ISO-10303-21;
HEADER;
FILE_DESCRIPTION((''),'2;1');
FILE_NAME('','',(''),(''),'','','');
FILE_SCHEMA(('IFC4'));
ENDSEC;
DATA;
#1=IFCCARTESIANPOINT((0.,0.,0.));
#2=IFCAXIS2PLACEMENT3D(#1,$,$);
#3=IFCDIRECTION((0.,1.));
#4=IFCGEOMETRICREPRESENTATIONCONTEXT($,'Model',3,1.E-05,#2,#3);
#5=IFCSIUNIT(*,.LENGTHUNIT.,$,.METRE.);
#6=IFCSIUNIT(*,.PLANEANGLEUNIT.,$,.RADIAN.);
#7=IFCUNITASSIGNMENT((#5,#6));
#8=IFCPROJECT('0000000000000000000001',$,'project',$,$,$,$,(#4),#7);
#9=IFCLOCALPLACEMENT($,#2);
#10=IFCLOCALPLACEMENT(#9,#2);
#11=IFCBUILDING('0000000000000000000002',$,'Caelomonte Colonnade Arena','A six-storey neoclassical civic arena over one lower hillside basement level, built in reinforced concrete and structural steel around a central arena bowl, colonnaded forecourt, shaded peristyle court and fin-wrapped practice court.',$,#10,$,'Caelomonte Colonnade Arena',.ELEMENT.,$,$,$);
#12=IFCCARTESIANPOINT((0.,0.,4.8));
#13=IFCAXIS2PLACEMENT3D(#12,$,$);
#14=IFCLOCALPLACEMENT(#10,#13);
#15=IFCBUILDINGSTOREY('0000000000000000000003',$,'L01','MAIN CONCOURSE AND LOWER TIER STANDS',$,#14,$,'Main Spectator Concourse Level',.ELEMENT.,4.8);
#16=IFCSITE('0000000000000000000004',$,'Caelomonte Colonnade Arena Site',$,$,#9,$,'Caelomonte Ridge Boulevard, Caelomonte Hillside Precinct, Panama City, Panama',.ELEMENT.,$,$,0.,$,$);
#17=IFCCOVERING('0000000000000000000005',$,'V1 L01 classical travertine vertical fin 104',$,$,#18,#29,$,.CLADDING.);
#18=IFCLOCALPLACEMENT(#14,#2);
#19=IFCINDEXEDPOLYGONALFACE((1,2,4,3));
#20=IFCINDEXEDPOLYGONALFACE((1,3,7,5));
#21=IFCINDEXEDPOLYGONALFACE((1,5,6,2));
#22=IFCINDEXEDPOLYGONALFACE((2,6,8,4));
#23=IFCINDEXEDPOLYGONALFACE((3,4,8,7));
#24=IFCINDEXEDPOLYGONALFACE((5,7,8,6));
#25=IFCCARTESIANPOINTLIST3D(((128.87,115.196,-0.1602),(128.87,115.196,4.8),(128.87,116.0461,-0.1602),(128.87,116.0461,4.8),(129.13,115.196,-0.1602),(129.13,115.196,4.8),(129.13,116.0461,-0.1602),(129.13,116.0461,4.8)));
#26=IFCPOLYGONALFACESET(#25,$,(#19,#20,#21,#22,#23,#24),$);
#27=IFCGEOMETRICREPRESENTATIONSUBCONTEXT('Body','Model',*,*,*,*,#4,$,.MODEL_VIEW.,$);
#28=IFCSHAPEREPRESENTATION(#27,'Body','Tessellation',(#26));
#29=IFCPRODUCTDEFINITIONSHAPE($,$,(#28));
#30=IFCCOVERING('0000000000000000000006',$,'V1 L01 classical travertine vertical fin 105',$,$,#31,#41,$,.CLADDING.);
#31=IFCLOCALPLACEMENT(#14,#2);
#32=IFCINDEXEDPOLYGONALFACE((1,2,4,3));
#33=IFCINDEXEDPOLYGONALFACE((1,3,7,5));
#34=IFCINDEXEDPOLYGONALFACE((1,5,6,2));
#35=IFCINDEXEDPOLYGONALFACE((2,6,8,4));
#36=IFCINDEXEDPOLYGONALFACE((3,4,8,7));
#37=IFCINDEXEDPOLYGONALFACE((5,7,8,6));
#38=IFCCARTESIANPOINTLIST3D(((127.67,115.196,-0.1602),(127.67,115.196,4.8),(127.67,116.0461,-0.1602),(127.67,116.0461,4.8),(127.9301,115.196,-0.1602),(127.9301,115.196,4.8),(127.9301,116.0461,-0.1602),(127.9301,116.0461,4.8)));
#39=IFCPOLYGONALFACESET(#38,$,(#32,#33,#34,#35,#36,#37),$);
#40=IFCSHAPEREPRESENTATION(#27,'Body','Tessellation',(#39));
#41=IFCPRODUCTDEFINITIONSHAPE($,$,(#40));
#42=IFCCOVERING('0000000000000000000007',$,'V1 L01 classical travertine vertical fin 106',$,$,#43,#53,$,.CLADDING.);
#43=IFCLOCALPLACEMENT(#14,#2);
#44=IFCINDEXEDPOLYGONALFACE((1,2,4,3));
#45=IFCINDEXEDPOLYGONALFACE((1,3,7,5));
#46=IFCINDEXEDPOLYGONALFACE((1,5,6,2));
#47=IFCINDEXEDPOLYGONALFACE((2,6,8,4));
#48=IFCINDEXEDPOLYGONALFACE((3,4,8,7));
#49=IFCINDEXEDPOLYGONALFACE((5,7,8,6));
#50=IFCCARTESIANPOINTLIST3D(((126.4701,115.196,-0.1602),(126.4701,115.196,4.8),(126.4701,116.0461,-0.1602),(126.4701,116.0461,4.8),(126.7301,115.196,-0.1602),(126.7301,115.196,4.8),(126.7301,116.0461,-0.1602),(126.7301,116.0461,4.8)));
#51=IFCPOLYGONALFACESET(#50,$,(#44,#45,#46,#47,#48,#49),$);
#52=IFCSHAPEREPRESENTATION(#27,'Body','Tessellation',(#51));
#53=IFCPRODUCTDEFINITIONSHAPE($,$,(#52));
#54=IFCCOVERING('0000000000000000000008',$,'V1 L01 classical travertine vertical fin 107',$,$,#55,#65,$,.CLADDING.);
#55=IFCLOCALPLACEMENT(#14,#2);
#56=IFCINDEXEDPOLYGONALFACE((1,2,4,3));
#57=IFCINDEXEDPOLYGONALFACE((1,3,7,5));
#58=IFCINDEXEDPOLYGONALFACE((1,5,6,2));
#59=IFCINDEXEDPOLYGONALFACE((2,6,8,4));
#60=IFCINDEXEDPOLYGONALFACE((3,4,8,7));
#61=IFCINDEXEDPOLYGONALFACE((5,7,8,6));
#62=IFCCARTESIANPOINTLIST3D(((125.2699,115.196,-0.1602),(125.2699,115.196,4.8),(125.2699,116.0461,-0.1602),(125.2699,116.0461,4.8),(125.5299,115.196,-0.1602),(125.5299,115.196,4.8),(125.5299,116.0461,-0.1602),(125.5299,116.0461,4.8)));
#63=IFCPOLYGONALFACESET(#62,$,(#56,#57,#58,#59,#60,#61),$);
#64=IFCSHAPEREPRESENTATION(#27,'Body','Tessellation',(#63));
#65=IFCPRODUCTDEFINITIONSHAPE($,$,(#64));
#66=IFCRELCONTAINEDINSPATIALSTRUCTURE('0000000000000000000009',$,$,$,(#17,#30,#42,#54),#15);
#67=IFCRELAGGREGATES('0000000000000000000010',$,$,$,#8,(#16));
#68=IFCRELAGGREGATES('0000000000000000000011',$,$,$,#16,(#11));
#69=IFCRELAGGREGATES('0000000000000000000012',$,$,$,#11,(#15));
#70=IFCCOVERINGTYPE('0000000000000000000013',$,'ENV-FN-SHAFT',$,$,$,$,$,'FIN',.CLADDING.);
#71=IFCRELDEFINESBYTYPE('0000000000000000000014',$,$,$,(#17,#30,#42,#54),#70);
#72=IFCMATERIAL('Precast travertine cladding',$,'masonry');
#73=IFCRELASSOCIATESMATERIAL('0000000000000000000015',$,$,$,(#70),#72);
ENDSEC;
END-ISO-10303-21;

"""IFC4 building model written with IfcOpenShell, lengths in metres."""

from ifc_helpers import new_model, si_unit, direction, frame, origin, origin_2d, place, context, subcontext, project, spatial, rectangle, extrude, material, material_profile, profile_set, type_object, element, save


model = new_model("IFC4")

# Units and contexts
model_context = context("Model", 3, precision=1e-05, world=origin(), true_north=direction((0.0, 1.0)))
body_context = subcontext(model_context, "Body", "Model", "MODEL_VIEW")
ifc_project = project(units=[si_unit("LENGTHUNIT", "METRE"), si_unit("PLANEANGLEUNIT", "RADIAN")], contexts=[model_context])

# Site, building, storey
site_placement = place(None, origin())
site = spatial("IfcSite", under=ifc_project, at=site_placement, Name="Caelomonte Colonnade Arena Site", LongName="Caelomonte Ridge Boulevard, Caelomonte Hillside Precinct, Panama City, Panama", CompositionType="ELEMENT", RefElevation=0.0)
building_placement = place(site_placement, origin())
building = spatial("IfcBuilding", under=site, at=building_placement, Name="Caelomonte Colonnade Arena", Description="A six-storey neoclassical civic arena over one lower hillside basement level, built in reinforced concrete and structural steel around a central arena bowl, colonnaded forecourt, shaded peristyle court and fin-wrapped practice court.", LongName="Caelomonte Colonnade Arena", CompositionType="ELEMENT")
storey_placement = place(building_placement, frame((0.0, 0.0, 4.8)))
storey = spatial("IfcBuildingStorey", under=building, at=storey_placement, Name="L01", Description="MAIN CONCOURSE AND LOWER TIER STANDS", LongName="Main Spectator Concourse Level", CompositionType="ELEMENT", Elevation=4.8)

# Coverings
ifc_material_1 = material(Name="Precast travertine cladding", Category="masonry")
ifc_material_profile_1 = material_profile(ifc_material_1, rectangle(XDim=0.26, YDim=0.8501, at=origin_2d()), Name="FIN260X850")
ifc_profile_set_1 = profile_set([ifc_material_profile_1], Name="Precast travertine cladding")
covering_type = type_object("IfcCoveringType", Name="ENV-FN-SHAFT", ElementType="FIN", PredefinedType="CLADDING", material=ifc_profile_set_1)
for number, where, z_axis, x_axis, name in (
    (1, (129.0, 115.6211, -0.1602), (0.0, 0.0, 1.0), (1.0, 0.0, 0.0), "V1 L01 classical travertine vertical fin 104"),
    (2, (127.8, 115.6211, -0.1602), (0.0, 0.0, 1.0), (1.0, 0.0, 0.0), "V1 L01 classical travertine vertical fin 105"),
    (3, (126.6001, 115.6211, -0.1602), (0.0, 0.0, 1.0), (1.0, 0.0, 0.0), "V1 L01 classical travertine vertical fin 106"),
    (4, (125.3999, 115.6211, -0.1602), (0.0, 0.0, 1.0), (1.0, 0.0, 0.0), "V1 L01 classical travertine vertical fin 107"),
):
    element("IfcCovering", number, at=place(storey_placement, frame(where, z_axis=z_axis, x_axis=x_axis)), inside=storey, type_object=covering_type, Name=name, PredefinedType="CLADDING", context=body_context, shape_type="SweptSolid", body=[
        extrude(rectangle(XDim=0.26, YDim=0.8501, at=origin_2d()), origin(), (0.0, 0.0, 1.0), 4.9602),
    ])

save(model, "model.ifc")
